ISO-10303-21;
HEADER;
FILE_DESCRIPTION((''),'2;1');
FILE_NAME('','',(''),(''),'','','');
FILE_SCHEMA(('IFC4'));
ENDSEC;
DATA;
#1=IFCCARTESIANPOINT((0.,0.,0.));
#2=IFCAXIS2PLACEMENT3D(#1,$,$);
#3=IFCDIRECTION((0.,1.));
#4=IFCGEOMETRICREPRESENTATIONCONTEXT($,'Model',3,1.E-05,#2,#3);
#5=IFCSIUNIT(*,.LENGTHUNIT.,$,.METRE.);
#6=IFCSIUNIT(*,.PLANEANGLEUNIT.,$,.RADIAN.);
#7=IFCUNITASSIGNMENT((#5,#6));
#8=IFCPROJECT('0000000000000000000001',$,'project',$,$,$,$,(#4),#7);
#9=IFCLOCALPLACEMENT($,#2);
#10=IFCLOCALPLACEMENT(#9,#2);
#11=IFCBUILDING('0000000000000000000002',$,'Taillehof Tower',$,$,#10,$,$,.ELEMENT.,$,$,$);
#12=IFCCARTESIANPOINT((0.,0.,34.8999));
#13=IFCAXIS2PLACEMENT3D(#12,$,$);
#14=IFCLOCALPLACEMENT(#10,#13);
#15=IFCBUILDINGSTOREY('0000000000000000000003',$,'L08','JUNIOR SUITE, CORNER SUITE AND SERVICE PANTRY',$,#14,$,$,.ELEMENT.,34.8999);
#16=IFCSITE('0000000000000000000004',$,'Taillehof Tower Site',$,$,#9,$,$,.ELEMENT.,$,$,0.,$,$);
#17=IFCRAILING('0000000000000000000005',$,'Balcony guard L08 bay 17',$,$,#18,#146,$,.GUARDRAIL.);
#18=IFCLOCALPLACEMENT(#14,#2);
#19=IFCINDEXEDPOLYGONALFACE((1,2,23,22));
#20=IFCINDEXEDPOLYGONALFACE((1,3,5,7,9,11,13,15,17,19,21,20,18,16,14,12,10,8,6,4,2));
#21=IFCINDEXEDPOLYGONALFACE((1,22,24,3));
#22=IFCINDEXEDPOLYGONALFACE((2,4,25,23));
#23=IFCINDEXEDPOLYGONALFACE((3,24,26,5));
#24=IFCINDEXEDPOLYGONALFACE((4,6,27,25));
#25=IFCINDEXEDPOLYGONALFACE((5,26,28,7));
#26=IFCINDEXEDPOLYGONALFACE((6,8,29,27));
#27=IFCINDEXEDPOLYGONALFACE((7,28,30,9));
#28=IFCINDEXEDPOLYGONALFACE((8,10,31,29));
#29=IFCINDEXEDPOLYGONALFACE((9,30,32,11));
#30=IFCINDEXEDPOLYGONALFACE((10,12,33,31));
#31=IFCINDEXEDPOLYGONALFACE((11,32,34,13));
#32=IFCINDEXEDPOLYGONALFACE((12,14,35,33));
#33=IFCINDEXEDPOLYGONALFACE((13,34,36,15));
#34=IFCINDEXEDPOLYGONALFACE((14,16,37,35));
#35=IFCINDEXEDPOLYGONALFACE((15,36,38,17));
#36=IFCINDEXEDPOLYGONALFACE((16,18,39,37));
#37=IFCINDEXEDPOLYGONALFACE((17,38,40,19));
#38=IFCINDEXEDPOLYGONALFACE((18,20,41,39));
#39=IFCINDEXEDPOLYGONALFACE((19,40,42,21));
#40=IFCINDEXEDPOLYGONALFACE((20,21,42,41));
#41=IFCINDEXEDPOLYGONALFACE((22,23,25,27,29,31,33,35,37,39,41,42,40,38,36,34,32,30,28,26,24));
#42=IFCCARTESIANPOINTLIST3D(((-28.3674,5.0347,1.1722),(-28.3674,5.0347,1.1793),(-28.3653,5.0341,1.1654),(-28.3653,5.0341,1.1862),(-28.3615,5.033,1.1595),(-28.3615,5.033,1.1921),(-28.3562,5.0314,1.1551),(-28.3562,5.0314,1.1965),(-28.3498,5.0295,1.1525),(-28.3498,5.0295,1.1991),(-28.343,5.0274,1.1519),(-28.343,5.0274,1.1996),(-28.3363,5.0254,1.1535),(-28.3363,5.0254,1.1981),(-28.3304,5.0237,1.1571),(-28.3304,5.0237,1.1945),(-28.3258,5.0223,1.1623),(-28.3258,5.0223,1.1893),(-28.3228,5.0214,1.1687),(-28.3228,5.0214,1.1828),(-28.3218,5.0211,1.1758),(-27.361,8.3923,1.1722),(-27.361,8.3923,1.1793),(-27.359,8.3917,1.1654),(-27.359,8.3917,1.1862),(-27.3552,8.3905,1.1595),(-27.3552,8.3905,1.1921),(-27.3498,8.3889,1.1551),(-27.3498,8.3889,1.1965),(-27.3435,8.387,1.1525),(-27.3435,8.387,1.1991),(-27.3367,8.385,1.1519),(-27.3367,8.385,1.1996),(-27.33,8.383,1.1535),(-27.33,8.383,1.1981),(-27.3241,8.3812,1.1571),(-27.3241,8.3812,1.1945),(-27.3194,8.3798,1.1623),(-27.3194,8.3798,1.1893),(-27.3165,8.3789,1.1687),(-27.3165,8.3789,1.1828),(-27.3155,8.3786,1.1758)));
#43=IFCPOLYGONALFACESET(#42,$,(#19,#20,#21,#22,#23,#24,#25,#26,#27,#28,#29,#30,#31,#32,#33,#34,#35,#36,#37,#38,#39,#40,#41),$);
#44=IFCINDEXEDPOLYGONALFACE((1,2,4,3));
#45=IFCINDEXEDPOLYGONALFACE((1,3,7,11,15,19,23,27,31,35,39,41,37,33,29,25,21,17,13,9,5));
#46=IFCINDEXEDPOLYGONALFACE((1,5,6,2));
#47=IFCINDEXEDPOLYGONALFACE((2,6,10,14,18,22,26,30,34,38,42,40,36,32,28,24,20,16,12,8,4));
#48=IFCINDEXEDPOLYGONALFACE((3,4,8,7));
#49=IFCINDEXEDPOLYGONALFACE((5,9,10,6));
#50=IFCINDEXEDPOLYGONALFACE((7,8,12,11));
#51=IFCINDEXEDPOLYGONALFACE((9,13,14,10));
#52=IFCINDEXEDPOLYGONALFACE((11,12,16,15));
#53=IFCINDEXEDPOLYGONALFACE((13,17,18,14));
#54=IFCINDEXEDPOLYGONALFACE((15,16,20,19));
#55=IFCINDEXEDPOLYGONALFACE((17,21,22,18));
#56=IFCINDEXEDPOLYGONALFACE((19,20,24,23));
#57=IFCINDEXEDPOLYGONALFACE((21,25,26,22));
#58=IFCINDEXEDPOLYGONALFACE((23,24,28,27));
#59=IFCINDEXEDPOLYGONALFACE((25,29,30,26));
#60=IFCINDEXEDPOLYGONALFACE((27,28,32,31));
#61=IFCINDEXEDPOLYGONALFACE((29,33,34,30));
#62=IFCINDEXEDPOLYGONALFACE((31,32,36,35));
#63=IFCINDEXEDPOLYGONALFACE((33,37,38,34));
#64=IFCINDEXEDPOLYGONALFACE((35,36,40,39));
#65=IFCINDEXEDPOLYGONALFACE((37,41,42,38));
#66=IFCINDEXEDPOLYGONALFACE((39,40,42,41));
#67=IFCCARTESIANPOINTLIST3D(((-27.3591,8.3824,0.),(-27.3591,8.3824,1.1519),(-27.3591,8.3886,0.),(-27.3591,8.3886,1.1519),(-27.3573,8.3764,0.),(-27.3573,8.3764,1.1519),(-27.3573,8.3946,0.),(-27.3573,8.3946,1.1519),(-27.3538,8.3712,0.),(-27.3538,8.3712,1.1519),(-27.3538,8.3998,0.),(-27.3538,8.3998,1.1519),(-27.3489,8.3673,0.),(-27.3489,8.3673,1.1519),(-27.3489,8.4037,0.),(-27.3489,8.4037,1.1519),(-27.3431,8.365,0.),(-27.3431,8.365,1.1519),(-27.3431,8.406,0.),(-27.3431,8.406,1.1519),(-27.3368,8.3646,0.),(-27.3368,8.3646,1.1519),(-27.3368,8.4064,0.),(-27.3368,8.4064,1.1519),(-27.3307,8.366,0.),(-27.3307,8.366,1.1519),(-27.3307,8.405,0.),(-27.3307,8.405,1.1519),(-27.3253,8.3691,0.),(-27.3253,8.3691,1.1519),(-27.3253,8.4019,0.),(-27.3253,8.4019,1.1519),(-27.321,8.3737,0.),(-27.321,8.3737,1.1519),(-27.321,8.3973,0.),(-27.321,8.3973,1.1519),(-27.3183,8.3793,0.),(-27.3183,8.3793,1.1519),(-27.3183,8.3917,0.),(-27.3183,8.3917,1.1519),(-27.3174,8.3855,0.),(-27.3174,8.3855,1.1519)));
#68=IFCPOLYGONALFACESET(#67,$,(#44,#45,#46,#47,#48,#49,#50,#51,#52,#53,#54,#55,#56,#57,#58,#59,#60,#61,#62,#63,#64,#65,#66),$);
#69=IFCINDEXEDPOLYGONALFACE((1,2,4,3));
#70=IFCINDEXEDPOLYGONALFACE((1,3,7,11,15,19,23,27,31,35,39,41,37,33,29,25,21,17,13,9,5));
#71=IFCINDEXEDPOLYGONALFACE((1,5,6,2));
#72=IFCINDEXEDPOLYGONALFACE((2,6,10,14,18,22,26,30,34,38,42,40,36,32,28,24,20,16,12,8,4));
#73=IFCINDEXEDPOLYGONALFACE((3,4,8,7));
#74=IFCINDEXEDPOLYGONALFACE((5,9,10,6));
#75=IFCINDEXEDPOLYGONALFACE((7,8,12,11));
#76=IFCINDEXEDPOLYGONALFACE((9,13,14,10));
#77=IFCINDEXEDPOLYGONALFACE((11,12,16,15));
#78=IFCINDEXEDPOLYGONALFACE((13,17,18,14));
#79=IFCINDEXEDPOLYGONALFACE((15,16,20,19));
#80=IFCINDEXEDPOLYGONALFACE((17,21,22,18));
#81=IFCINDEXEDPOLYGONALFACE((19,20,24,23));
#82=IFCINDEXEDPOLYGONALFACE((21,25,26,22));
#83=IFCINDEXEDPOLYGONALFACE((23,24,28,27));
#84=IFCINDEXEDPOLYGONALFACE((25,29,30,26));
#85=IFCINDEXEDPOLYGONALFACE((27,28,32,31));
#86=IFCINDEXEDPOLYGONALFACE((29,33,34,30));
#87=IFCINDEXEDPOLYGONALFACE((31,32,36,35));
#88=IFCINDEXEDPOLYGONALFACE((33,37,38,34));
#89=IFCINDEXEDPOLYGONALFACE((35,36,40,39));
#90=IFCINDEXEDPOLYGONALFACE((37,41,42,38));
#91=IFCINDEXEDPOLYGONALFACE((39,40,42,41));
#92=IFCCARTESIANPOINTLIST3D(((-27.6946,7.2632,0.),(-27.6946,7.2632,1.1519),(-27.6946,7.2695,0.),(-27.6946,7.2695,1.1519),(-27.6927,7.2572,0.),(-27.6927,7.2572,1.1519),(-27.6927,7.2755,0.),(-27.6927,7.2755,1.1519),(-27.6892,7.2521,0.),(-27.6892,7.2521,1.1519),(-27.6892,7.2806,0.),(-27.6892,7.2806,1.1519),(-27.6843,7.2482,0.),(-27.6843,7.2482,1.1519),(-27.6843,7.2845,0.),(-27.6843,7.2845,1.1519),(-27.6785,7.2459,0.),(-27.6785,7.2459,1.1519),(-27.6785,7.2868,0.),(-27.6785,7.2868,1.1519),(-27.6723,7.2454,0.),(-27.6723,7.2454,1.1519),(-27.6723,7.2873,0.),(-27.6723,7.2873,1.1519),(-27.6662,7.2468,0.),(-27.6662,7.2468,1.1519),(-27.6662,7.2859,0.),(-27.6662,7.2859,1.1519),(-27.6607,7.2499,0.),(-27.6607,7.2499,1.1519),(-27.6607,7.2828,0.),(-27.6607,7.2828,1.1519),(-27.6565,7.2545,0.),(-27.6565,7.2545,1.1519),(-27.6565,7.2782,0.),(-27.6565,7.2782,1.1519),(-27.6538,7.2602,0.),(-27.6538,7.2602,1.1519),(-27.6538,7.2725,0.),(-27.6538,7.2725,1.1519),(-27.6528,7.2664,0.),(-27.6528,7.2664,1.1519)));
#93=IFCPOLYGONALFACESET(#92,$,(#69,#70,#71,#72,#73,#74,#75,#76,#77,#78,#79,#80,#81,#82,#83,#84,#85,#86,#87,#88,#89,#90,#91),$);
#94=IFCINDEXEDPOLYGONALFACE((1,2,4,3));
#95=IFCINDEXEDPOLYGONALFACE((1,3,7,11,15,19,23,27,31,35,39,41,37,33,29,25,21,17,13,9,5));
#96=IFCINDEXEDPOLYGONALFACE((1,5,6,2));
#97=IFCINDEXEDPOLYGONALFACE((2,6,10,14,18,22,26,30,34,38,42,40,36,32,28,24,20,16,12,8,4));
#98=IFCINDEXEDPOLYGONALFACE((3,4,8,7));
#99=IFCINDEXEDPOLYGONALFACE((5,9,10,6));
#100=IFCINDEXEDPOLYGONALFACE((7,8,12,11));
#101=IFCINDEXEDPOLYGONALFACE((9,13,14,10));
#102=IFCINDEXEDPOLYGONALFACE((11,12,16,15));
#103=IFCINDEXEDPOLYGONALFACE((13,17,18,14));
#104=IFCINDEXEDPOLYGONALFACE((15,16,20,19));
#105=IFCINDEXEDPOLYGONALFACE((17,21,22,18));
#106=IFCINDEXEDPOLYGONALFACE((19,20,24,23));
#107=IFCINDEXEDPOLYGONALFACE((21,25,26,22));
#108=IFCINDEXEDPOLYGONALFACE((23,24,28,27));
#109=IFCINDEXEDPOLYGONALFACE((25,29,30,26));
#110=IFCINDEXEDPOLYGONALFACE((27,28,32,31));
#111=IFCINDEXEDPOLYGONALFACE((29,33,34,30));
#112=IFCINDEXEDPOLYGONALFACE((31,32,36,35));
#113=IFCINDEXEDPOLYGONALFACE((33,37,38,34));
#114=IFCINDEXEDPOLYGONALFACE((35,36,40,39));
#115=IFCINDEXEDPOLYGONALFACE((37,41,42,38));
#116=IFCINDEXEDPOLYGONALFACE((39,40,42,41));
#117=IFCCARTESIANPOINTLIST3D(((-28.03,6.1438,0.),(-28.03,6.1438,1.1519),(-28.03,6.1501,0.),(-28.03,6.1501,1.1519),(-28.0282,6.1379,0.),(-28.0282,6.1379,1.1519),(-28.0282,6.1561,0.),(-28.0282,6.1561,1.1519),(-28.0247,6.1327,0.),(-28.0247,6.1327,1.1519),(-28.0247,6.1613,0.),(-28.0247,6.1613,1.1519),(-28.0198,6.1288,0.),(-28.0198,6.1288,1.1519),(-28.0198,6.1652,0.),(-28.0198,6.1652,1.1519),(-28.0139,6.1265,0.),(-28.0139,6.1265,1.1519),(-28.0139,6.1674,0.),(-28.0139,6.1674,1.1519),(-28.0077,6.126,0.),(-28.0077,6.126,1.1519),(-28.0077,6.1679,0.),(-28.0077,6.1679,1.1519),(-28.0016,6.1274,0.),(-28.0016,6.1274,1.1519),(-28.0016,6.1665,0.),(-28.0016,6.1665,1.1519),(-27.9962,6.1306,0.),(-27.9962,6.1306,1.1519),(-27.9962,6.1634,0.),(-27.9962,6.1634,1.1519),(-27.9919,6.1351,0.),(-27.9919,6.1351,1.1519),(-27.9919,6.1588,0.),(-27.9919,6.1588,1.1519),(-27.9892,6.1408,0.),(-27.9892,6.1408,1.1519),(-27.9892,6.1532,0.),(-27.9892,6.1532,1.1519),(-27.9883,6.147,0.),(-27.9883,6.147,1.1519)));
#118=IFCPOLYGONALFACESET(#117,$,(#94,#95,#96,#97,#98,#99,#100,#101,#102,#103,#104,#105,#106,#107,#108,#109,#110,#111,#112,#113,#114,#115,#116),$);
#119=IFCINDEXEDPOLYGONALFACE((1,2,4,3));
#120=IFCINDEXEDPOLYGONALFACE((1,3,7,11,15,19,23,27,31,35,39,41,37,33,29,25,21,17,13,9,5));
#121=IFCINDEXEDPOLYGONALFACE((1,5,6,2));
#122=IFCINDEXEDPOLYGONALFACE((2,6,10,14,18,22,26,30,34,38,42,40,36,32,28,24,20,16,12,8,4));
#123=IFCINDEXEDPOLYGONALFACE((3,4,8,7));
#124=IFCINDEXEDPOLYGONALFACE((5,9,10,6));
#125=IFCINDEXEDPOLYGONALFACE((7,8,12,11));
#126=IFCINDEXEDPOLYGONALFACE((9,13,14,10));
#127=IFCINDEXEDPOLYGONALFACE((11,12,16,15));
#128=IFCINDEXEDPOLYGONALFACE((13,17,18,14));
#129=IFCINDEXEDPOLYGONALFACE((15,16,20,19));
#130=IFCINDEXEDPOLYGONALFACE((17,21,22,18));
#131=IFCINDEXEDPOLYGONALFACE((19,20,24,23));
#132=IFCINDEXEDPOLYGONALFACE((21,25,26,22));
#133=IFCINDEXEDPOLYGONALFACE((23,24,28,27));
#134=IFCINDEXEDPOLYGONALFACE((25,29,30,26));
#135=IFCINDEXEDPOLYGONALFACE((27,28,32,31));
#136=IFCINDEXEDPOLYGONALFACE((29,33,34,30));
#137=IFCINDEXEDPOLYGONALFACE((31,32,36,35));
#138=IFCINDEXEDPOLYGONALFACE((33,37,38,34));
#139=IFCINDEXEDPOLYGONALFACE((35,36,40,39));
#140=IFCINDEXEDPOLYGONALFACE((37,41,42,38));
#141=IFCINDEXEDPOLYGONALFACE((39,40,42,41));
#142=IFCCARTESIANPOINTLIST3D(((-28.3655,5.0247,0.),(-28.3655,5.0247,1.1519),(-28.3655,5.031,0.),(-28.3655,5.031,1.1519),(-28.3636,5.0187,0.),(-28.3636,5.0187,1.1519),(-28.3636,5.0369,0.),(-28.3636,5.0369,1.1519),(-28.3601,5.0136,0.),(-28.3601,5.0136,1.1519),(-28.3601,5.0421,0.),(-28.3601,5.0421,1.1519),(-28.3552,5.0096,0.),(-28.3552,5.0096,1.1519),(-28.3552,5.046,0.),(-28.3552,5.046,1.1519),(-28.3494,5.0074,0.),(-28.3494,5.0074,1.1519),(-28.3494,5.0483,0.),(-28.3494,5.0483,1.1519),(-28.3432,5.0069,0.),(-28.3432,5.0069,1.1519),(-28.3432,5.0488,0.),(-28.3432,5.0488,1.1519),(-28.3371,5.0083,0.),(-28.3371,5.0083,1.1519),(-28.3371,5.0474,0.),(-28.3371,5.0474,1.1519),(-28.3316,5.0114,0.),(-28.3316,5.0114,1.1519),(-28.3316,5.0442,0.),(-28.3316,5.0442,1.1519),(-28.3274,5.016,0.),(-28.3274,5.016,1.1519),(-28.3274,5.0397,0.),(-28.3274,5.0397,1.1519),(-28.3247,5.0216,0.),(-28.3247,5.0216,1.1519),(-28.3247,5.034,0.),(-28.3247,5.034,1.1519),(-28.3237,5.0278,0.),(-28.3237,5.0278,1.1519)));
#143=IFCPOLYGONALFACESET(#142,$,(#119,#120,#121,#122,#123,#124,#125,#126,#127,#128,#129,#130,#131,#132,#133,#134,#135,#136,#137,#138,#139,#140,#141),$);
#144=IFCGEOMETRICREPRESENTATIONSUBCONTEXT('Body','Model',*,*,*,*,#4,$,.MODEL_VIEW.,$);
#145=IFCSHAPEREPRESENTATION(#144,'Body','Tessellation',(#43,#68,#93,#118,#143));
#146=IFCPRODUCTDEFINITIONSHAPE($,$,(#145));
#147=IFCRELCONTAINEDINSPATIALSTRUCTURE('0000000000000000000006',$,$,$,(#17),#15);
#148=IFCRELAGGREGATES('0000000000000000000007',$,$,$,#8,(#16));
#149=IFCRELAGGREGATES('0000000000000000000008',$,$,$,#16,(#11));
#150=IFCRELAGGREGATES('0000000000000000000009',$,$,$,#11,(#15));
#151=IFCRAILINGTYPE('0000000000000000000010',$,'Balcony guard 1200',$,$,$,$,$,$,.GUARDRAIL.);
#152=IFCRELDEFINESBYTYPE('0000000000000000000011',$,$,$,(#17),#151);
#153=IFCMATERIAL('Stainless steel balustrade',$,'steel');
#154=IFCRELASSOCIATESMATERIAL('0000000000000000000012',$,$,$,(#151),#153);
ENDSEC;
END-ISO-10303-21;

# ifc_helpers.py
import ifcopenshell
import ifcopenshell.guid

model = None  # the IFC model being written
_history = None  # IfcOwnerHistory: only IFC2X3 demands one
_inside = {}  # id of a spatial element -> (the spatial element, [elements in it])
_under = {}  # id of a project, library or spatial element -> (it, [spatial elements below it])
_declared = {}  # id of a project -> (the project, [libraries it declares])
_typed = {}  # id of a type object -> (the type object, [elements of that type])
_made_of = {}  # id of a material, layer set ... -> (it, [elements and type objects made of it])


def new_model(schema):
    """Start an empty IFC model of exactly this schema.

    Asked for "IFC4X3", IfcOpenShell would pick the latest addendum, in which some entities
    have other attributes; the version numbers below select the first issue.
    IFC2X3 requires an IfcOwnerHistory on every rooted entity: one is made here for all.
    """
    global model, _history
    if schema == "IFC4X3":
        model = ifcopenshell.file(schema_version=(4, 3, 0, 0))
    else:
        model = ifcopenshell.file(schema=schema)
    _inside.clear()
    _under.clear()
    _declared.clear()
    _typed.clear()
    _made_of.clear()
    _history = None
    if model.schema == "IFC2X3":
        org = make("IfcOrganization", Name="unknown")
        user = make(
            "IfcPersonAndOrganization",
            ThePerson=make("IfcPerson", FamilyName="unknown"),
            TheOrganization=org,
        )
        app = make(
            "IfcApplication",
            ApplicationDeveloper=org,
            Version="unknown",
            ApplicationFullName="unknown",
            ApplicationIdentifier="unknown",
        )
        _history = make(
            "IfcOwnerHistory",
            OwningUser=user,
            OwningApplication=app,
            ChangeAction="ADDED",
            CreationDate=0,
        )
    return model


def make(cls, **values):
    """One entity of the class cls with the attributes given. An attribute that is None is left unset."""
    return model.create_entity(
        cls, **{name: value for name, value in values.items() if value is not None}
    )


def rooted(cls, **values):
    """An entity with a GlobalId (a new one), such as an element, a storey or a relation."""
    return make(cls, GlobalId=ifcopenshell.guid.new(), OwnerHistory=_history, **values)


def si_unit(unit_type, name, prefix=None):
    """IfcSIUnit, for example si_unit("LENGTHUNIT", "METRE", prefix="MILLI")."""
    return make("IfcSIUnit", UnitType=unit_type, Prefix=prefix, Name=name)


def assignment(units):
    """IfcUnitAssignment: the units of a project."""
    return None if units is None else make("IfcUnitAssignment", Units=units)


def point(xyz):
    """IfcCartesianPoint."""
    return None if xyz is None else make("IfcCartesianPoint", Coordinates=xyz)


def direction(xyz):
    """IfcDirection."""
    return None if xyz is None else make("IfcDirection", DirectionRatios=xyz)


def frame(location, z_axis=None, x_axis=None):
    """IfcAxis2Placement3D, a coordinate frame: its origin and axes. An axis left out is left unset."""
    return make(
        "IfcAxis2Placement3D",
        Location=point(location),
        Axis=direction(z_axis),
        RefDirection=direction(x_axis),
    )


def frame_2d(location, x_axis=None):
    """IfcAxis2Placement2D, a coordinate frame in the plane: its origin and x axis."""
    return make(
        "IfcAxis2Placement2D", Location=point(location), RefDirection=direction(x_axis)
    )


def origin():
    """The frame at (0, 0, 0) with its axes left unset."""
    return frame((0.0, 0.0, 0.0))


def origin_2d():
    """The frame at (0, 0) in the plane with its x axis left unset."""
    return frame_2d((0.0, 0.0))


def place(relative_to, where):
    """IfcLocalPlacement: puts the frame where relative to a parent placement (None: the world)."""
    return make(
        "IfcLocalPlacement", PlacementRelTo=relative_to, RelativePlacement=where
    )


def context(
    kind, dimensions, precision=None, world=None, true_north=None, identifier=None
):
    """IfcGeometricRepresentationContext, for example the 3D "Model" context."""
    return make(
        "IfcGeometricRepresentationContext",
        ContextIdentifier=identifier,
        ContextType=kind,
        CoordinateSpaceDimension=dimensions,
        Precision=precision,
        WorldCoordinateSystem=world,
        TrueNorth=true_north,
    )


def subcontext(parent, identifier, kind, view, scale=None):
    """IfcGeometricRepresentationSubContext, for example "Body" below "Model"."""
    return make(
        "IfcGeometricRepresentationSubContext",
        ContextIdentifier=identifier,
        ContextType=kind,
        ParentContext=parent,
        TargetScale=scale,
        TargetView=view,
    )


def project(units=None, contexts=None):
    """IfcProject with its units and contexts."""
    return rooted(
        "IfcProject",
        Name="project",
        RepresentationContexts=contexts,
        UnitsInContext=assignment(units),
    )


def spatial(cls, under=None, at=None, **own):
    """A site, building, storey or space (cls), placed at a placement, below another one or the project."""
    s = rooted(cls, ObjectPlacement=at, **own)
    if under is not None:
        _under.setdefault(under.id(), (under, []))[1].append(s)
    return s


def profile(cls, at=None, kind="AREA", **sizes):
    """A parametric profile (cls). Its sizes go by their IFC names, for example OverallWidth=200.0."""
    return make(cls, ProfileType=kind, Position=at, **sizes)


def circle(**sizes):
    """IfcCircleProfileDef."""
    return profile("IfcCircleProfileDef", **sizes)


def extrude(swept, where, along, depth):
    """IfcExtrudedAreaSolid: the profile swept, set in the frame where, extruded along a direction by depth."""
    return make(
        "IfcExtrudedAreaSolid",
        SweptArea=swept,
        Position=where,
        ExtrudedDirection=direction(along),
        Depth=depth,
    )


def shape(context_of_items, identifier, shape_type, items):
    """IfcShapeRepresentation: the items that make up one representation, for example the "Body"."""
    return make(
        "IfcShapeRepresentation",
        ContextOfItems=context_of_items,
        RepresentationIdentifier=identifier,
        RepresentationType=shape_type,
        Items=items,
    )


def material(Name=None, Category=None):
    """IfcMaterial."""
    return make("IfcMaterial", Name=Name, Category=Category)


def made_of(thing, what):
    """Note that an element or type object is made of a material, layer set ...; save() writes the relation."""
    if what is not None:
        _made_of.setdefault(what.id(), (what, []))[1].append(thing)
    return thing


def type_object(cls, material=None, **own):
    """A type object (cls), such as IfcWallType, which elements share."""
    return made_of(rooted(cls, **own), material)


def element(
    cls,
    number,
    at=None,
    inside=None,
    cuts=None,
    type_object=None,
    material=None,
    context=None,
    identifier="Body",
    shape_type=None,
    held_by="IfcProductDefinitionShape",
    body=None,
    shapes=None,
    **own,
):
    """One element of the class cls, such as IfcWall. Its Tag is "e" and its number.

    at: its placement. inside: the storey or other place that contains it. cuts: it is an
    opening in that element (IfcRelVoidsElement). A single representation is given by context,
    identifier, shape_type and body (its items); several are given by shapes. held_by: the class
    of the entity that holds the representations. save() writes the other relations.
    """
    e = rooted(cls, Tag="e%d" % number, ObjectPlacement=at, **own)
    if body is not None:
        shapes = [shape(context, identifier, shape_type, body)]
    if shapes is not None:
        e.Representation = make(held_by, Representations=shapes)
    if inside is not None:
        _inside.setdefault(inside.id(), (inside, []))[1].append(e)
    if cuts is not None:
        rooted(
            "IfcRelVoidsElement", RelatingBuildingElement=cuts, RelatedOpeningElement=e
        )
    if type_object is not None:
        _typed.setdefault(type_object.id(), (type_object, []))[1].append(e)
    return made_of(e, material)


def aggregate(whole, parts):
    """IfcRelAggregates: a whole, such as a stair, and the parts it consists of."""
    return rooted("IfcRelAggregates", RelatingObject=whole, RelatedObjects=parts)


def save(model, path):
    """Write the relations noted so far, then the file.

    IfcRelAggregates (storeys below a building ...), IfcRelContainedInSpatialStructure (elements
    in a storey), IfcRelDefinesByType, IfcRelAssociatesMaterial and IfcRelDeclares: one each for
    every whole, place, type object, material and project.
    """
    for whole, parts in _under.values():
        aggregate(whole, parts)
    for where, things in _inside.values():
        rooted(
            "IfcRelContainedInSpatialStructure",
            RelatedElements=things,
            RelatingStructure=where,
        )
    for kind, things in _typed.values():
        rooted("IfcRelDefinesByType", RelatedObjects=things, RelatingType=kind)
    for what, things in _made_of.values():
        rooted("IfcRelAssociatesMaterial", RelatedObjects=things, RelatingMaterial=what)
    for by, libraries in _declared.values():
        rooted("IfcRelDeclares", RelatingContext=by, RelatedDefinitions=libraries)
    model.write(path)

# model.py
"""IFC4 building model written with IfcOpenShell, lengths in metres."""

from ifc_helpers import new_model, si_unit, direction, frame, origin, origin_2d, place, context, subcontext, project, spatial, circle, extrude, material, type_object, element, save


model = new_model("IFC4")

# Units and contexts
model_context = context("Model", 3, precision=1e-05, world=origin(), true_north=direction((0.0, 1.0)))
body_context = subcontext(model_context, "Body", "Model", "MODEL_VIEW")
ifc_project = project(units=[si_unit("LENGTHUNIT", "METRE"), si_unit("PLANEANGLEUNIT", "RADIAN")], contexts=[model_context])

# Site, building, storey
site_placement = place(None, origin())
site = spatial("IfcSite", under=ifc_project, at=site_placement, Name="Taillehof Tower Site", CompositionType="ELEMENT", RefElevation=0.0)
building_placement = place(site_placement, origin())
building = spatial("IfcBuilding", under=site, at=building_placement, Name="Taillehof Tower", CompositionType="ELEMENT")
storey_placement = place(building_placement, frame((0.0, 0.0, 34.8999)))
storey = spatial("IfcBuildingStorey", under=building, at=storey_placement, Name="L08", Description="JUNIOR SUITE, CORNER SUITE AND SERVICE PANTRY", CompositionType="ELEMENT", Elevation=34.8999)

# Railing
ifc_material_1 = material(Name="Stainless steel balustrade", Category="steel")
railing_type_1 = type_object("IfcRailingType", Name="Balcony guard 1200", PredefinedType="GUARDRAIL", material=ifc_material_1)
railing_1_placement = place(storey_placement, frame((-27.3384, 8.3855, 0.0)))
element("IfcRailing", 1, at=railing_1_placement, inside=storey, type_object=railing_type_1, Name="Balcony guard L08 bay 17", PredefinedType="GUARDRAIL", context=body_context, shape_type="SweptSolid", body=[
    extrude(circle(Radius=0.0239, at=origin_2d()), frame((0.0, 0.0, 1.1758), z_axis=(-0.287099, -0.957901, 0.0), x_axis=(0.957901, -0.287099, 0.0)), (0.0, 0.0, 1.0), 3.5051),
    extrude(circle(Radius=0.021, at=origin_2d()), origin(), (0.0, 0.0, 1.0), 1.1519),
    extrude(circle(Radius=0.021, at=origin_2d()), frame((-0.3354, -1.1191, 0.0)), (0.0, 0.0, 1.0), 1.1519),
    extrude(circle(Radius=0.021, at=origin_2d()), frame((-0.6709, -2.2385, 0.0)), (0.0, 0.0, 1.0), 1.1519),
    extrude(circle(Radius=0.021, at=origin_2d()), frame((-1.0063, -3.3577, 0.0)), (0.0, 0.0, 1.0), 1.1519),
])

save(model, "model.ifc")
